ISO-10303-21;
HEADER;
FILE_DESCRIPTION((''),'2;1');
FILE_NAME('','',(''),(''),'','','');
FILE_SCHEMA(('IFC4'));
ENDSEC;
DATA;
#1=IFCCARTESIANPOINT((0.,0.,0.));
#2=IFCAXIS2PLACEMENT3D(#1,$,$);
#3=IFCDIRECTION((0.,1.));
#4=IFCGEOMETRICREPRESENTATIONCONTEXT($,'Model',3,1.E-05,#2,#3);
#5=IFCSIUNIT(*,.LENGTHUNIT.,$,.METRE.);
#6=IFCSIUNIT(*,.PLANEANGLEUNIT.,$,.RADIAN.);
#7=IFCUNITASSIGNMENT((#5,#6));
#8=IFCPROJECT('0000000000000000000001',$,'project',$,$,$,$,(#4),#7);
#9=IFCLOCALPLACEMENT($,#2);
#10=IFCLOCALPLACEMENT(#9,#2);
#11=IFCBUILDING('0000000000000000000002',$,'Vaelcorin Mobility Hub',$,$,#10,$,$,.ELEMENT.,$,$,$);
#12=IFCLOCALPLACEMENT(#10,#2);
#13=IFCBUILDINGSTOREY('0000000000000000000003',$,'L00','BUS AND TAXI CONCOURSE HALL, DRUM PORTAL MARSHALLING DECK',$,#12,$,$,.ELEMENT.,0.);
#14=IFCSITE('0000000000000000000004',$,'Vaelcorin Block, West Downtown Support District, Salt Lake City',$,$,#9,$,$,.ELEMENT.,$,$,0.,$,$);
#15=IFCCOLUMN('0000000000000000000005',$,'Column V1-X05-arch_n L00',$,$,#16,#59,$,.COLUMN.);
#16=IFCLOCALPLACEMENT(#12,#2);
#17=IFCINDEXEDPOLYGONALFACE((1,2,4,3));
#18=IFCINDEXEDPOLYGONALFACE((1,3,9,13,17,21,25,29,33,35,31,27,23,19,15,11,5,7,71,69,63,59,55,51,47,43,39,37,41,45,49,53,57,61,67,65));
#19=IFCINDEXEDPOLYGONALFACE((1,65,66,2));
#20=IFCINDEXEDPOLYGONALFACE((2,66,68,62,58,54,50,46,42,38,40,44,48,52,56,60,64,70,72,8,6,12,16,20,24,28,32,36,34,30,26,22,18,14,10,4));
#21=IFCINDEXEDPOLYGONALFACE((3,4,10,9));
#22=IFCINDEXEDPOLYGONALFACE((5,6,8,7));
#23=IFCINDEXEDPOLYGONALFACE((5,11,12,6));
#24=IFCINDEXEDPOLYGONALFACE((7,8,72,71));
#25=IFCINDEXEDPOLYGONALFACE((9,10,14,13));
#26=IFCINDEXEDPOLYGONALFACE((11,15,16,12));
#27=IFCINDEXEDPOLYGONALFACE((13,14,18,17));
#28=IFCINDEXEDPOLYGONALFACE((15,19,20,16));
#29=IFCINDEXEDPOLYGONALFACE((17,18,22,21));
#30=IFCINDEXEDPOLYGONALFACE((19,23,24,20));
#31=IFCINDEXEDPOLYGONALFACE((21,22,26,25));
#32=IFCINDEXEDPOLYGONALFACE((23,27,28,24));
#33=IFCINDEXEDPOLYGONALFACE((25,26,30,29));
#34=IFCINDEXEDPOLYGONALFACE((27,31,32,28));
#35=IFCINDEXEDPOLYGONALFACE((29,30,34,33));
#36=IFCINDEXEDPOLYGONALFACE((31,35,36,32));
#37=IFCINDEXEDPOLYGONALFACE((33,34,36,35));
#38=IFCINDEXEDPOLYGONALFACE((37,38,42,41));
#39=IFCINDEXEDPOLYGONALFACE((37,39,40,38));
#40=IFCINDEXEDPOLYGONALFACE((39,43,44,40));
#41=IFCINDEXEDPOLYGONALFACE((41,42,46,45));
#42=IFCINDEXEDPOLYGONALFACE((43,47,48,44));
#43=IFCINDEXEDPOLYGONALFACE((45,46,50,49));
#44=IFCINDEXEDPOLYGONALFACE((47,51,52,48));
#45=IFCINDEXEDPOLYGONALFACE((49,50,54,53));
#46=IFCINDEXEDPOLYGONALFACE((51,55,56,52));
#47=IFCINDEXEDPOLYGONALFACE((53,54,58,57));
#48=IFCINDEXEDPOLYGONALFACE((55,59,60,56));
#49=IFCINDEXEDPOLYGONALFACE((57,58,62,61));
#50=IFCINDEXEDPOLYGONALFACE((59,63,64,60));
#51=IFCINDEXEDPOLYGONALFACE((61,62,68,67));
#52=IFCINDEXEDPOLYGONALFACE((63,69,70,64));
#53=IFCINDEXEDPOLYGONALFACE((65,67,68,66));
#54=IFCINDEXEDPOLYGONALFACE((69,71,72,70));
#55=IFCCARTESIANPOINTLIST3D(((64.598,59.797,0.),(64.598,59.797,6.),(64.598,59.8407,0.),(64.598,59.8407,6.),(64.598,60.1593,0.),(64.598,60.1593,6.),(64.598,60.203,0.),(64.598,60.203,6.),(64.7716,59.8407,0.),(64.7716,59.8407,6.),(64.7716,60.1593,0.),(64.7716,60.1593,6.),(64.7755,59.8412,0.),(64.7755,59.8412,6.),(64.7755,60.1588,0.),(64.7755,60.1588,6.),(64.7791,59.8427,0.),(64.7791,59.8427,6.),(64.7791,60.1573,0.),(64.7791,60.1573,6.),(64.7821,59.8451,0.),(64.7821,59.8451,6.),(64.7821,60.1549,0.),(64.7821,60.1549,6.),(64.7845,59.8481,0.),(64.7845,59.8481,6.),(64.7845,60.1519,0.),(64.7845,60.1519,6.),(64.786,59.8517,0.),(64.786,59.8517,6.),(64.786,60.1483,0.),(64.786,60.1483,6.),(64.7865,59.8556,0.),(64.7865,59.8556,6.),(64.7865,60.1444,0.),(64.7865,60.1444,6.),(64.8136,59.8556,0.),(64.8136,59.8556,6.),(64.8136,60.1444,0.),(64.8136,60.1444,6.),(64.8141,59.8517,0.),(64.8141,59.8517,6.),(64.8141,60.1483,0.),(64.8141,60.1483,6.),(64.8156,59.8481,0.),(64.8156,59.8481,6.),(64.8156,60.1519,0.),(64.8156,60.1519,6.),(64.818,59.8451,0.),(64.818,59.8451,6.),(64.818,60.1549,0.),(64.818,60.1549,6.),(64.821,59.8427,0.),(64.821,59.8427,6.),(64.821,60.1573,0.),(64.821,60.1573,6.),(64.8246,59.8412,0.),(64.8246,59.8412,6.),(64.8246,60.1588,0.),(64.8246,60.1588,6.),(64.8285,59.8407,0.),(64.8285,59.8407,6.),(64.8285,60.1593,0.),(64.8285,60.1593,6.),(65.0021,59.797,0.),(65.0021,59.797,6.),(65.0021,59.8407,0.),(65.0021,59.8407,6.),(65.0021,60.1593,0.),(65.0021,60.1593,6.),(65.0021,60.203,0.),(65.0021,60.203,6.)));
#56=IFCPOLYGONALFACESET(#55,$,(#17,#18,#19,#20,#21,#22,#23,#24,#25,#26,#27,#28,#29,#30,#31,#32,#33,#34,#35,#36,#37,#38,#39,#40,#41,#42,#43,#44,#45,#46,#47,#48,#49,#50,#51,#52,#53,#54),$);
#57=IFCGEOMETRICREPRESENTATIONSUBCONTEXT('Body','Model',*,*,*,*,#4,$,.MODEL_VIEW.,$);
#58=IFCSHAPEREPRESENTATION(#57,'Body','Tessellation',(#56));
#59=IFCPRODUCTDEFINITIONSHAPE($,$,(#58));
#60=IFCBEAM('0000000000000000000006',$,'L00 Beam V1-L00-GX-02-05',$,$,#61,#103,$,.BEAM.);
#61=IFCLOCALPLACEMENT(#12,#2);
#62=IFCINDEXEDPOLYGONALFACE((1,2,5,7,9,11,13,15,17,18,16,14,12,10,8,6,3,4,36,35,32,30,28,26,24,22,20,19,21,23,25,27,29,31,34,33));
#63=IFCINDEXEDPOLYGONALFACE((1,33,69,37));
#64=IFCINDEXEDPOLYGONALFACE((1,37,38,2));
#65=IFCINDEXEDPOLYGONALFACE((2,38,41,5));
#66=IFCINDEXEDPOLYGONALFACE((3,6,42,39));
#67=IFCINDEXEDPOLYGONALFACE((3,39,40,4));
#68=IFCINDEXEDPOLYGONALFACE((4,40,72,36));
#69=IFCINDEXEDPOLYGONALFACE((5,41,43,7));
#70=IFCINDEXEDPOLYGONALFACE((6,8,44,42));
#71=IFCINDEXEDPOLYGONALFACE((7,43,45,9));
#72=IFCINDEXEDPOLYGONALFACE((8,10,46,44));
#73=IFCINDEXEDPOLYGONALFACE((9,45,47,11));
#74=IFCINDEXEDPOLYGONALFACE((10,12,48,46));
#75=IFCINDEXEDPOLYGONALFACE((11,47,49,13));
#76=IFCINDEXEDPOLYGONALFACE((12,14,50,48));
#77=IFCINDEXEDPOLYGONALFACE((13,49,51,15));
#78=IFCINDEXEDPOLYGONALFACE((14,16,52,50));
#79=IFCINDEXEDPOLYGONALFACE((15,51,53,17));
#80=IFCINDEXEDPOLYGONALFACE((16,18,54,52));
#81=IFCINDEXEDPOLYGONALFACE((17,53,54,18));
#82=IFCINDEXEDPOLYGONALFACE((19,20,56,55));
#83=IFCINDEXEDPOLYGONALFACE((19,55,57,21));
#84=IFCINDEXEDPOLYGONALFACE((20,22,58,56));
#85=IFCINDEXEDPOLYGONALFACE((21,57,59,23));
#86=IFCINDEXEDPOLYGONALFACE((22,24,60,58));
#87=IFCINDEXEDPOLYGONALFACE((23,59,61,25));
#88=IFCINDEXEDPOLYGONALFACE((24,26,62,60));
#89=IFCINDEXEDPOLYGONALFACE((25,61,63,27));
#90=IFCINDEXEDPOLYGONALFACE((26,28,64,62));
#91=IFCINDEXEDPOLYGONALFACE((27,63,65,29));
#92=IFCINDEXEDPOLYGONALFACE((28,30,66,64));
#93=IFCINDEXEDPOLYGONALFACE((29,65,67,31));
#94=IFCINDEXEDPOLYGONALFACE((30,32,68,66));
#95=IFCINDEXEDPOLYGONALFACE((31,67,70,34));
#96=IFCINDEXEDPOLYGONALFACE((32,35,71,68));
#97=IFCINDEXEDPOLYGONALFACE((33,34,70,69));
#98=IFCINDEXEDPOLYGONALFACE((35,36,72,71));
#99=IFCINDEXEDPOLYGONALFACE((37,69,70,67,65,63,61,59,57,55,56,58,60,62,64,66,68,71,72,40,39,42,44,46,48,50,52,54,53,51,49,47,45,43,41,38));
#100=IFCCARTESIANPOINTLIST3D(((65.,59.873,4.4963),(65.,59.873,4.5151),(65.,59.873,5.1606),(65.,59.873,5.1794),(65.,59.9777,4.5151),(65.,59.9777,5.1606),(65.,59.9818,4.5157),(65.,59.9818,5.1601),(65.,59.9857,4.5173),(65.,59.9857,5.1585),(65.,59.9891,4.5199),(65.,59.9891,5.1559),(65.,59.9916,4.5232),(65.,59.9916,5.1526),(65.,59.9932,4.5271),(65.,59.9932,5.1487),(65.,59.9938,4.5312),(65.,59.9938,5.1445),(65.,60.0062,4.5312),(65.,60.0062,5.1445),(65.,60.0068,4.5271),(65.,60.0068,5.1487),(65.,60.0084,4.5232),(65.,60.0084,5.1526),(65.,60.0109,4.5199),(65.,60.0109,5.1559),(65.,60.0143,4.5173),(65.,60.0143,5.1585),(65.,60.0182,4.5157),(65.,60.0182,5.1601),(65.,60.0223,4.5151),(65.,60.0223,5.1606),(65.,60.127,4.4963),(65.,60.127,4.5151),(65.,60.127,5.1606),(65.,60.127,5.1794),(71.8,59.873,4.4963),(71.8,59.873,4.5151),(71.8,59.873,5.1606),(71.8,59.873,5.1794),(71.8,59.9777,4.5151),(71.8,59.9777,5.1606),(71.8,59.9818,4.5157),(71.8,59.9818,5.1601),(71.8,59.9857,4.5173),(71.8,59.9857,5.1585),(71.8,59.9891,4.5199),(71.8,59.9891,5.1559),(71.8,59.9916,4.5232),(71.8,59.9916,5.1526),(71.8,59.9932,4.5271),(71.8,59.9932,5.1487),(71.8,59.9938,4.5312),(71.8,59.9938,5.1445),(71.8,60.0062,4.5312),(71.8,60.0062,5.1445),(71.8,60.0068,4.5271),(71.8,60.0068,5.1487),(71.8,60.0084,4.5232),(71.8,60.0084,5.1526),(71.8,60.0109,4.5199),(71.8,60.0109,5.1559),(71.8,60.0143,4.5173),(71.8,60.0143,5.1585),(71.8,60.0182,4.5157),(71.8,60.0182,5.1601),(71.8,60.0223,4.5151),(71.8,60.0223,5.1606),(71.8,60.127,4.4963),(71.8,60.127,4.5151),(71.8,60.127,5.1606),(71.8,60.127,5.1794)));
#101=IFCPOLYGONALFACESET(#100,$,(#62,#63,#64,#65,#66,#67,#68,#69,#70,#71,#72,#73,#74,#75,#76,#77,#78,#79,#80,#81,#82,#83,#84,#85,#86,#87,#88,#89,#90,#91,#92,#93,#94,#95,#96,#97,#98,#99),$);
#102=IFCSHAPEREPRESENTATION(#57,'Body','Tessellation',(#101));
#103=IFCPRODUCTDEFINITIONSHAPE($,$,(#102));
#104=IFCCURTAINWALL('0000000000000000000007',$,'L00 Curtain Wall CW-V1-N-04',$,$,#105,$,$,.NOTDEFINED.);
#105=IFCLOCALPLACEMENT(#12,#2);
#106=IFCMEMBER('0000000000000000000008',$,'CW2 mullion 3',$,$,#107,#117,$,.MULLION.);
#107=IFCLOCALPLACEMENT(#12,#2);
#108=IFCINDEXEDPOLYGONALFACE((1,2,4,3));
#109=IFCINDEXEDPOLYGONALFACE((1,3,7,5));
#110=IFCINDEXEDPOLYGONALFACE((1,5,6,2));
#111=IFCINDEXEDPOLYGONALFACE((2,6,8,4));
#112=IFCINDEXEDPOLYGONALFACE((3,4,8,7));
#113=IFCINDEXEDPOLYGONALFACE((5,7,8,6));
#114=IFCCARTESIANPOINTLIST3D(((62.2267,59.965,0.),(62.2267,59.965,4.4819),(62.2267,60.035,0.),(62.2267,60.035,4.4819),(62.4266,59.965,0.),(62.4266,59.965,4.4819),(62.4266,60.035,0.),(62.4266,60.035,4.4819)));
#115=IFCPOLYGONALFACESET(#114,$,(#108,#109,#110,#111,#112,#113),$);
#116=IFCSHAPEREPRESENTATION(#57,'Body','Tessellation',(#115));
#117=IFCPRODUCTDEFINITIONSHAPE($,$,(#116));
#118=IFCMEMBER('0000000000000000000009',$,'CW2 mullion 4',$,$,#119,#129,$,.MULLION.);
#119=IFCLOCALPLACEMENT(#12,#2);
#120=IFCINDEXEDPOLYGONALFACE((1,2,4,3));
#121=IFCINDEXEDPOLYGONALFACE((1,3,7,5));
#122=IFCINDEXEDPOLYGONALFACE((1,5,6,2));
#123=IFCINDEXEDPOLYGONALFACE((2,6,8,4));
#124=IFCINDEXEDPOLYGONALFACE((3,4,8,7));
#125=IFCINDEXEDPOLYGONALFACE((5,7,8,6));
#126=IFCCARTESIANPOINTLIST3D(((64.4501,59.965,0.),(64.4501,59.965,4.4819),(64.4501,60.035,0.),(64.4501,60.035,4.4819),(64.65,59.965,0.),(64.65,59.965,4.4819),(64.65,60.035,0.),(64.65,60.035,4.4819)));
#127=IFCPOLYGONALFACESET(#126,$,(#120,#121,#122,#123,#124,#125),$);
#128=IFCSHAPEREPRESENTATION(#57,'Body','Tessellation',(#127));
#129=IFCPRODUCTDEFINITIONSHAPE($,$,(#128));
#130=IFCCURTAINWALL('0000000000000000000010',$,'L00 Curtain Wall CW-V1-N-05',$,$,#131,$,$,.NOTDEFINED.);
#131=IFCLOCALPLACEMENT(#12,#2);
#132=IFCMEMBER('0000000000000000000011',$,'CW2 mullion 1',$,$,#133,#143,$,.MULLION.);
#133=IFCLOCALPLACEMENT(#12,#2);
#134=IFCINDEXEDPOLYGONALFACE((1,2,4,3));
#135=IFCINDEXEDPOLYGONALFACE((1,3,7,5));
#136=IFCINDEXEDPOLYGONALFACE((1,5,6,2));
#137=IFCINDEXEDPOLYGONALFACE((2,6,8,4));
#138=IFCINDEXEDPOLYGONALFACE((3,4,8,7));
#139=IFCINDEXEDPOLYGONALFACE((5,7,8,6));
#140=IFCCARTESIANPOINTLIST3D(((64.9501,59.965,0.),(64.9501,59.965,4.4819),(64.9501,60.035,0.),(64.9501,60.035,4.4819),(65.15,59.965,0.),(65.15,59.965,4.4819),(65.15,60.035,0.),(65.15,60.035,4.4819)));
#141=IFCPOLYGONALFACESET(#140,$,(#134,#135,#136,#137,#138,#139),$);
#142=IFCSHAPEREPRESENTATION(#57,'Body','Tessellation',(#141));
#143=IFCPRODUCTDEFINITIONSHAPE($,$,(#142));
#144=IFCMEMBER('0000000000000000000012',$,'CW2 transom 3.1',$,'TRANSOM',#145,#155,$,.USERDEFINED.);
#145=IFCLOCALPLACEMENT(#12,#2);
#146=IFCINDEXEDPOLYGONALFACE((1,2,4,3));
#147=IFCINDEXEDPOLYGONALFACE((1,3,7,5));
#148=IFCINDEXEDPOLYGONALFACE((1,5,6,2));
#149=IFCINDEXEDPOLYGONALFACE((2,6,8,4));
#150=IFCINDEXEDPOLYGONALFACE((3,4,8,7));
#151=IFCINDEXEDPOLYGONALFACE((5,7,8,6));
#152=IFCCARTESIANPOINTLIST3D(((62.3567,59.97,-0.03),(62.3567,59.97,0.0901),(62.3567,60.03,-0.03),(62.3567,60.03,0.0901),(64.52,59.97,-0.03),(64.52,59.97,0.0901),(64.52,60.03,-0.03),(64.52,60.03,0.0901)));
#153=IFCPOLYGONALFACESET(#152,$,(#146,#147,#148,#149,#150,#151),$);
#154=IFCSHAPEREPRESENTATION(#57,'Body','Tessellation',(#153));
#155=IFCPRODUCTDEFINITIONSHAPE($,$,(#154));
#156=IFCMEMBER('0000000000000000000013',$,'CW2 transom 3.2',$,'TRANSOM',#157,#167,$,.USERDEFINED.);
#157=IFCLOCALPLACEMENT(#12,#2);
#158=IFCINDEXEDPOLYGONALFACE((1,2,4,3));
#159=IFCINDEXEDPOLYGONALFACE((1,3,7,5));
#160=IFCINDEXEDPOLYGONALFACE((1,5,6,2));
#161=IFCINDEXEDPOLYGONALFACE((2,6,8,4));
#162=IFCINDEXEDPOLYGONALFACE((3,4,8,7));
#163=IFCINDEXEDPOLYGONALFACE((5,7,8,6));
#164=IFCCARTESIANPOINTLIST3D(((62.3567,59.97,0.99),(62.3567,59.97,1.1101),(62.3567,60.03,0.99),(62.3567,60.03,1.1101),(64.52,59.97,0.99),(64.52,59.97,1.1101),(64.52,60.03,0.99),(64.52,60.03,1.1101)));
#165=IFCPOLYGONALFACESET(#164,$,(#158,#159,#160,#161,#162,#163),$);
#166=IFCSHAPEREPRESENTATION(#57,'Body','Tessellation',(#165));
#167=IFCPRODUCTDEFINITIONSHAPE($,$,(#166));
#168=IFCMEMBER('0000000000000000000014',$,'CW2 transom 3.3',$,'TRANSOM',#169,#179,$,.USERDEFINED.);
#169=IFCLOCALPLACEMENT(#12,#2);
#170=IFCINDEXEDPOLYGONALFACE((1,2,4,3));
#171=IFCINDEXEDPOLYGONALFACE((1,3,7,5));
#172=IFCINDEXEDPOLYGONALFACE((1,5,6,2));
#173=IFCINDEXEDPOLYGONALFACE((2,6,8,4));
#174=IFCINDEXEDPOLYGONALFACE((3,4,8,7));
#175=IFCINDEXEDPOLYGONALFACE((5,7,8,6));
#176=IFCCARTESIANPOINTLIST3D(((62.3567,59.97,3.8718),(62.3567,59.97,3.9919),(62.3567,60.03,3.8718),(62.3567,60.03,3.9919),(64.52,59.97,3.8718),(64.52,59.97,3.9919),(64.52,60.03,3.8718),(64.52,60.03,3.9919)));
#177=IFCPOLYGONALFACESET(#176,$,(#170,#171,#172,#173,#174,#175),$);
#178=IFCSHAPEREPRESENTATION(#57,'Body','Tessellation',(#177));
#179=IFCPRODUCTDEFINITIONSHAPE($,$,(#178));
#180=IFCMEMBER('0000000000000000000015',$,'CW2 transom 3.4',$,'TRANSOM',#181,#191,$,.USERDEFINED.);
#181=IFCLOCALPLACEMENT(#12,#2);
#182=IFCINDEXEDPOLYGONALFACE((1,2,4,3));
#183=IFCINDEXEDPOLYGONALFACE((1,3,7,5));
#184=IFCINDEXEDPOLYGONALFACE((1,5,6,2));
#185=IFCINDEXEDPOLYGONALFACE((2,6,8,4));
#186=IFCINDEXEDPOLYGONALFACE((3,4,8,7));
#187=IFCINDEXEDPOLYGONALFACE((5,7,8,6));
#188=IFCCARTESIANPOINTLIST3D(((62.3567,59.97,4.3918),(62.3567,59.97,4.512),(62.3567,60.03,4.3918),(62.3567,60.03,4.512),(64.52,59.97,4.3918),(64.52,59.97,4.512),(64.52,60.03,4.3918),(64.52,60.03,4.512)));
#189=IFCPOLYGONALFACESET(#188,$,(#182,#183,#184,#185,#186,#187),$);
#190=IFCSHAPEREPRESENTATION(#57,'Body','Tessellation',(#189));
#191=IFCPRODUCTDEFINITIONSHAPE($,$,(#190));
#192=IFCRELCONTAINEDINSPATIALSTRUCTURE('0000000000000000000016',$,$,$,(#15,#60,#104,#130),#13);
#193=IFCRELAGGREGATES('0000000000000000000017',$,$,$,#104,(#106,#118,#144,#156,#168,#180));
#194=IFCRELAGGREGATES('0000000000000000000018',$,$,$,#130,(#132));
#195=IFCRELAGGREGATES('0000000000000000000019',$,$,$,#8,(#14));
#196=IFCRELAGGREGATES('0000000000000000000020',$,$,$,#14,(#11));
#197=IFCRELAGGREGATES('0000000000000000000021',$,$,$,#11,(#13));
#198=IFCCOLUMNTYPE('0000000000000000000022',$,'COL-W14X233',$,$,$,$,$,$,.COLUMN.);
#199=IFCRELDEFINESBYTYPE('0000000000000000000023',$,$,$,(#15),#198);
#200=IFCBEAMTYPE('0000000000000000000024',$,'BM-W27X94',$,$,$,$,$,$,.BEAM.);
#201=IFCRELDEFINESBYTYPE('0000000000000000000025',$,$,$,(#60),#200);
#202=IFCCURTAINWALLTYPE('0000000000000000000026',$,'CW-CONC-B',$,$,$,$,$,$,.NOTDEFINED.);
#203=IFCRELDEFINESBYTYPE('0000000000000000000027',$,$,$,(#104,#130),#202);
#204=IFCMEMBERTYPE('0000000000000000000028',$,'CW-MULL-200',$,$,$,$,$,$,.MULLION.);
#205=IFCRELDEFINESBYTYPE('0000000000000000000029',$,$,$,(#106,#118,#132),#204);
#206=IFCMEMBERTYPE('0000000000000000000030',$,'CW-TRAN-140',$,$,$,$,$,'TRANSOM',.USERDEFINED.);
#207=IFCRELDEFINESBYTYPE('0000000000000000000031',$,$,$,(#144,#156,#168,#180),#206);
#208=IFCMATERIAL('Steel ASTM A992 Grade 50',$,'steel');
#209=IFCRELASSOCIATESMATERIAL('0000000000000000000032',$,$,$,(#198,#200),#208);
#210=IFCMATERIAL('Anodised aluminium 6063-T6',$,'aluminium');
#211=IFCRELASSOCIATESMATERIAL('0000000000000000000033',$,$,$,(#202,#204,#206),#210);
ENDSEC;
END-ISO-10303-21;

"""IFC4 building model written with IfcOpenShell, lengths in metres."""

from ifc_helpers import new_model, si_unit, direction, frame, origin, origin_2d, place, context, subcontext, project, spatial, rectangle, i_section, extrude, material, material_profile, profile_set, type_object, element, aggregate, save


model = new_model("IFC4")

# Units and contexts
model_context = context("Model", 3, precision=1e-05, world=origin(), true_north=direction((0.0, 1.0)))
body_context = subcontext(model_context, "Body", "Model", "MODEL_VIEW")
ifc_project = project(units=[si_unit("LENGTHUNIT", "METRE"), si_unit("PLANEANGLEUNIT", "RADIAN")], contexts=[model_context])

# Site, building, storey
site_placement = place(None, origin())
site = spatial("IfcSite", under=ifc_project, at=site_placement, Name="Vaelcorin Block, West Downtown Support District, Salt Lake City", CompositionType="ELEMENT", RefElevation=0.0)
building_placement = place(site_placement, origin())
building = spatial("IfcBuilding", under=site, at=building_placement, Name="Vaelcorin Mobility Hub", CompositionType="ELEMENT")
storey_placement = place(building_placement, origin())
storey = spatial("IfcBuildingStorey", under=building, at=storey_placement, Name="L00", Description="BUS AND TAXI CONCOURSE HALL, DRUM PORTAL MARSHALLING DECK", CompositionType="ELEMENT", Elevation=0.0)

# Column
ifc_material_1 = material(Name="Steel ASTM A992 Grade 50", Category="steel")
ifc_material_profile_1 = material_profile(ifc_material_1, i_section(OverallWidth=0.4041, OverallDepth=0.406, WebThickness=0.0271, FlangeThickness=0.0437, FilletRadius=0.0149, at=origin_2d()), Name="W14X233")
ifc_profile_set_1 = profile_set([ifc_material_profile_1], Name="Steel ASTM A992 Grade 50")
column_type = type_object("IfcColumnType", Name="COL-W14X233", PredefinedType="COLUMN", material=ifc_profile_set_1)
column_placement = place(storey_placement, frame((64.8, 60.0, 0.0), z_axis=(0.0, 0.0, 1.0), x_axis=(1.0, 0.0, 0.0)))
element("IfcColumn", 1, at=column_placement, inside=storey, type_object=column_type, Name="Column V1-X05-arch_n L00", PredefinedType="COLUMN", context=body_context, shape_type="SweptSolid", body=[
    extrude(i_section(OverallWidth=0.4041, OverallDepth=0.406, WebThickness=0.0271, FlangeThickness=0.0437, FilletRadius=0.0149, at=origin_2d()), origin(), (0.0, 0.0, 1.0), 6.0),
])

# Beam
ifc_material_profile_2 = material_profile(ifc_material_1, i_section(OverallWidth=0.2539, OverallDepth=0.6831, WebThickness=0.0125, FlangeThickness=0.0188, FilletRadius=0.0161, at=origin_2d()), Name="W27X94")
ifc_profile_set_2 = profile_set([ifc_material_profile_2], Name="Steel ASTM A992 Grade 50")
beam_type = type_object("IfcBeamType", Name="BM-W27X94", PredefinedType="BEAM", material=ifc_profile_set_2)
beam_placement = place(storey_placement, frame((65.0, 60.0, 4.8379), z_axis=(1.0, 0.0, 0.0), x_axis=(0.0, 1.0, 0.0)))
element("IfcBeam", 2, at=beam_placement, inside=storey, type_object=beam_type, Name="L00 Beam V1-L00-GX-02-05", PredefinedType="BEAM", context=body_context, shape_type="SweptSolid", body=[
    extrude(i_section(OverallWidth=0.2539, OverallDepth=0.6831, WebThickness=0.0125, FlangeThickness=0.0188, FilletRadius=0.0161, at=origin_2d()), origin(), (0.0, 0.0, 1.0), 6.8),
])

# Curtain wall, members
ifc_material_2 = material(Name="Anodised aluminium 6063-T6", Category="aluminium")
curtain_wall_type = type_object("IfcCurtainWallType", Name="CW-CONC-B", PredefinedType="NOTDEFINED", material=ifc_material_2)
curtain_wall_1_placement = place(storey_placement, origin())
curtain_wall_1 = element("IfcCurtainWall", 3, at=curtain_wall_1_placement, inside=storey, type_object=curtain_wall_type, Name="L00 Curtain Wall CW-V1-N-04", PredefinedType="NOTDEFINED")
ifc_material_profile_3 = material_profile(ifc_material_2, rectangle(XDim=0.0701, YDim=0.2, at=origin_2d()), Name="ALU-M70X200")
ifc_profile_set_3 = profile_set([ifc_material_profile_3], Name="Anodised aluminium 6063-T6")
member_type_1 = type_object("IfcMemberType", Name="CW-MULL-200", PredefinedType="MULLION", material=ifc_profile_set_3)
member_1_placement = place(storey_placement, frame((62.3267, 60.0, 0.0), z_axis=(0.0, 0.0, 1.0), x_axis=(0.0, 1.0, 0.0)))
member_1 = element("IfcMember", 4, at=member_1_placement, type_object=member_type_1, Name="CW2 mullion 3", PredefinedType="MULLION", context=body_context, shape_type="SweptSolid", body=[
    extrude(rectangle(XDim=0.0701, YDim=0.2, at=origin_2d()), origin(), (0.0, 0.0, 1.0), 4.4819),
])
member_2_placement = place(storey_placement, frame((64.55, 60.0, 0.0), z_axis=(0.0, 0.0, 1.0), x_axis=(0.0, 1.0, 0.0)))
member_2 = element("IfcMember", 5, at=member_2_placement, type_object=member_type_1, Name="CW2 mullion 4", PredefinedType="MULLION", context=body_context, shape_type="SweptSolid", body=[
    extrude(rectangle(XDim=0.0701, YDim=0.2, at=origin_2d()), origin(), (0.0, 0.0, 1.0), 4.4819),
])

# Curtain wall, member
curtain_wall_2_placement = place(storey_placement, origin())
curtain_wall_2 = element("IfcCurtainWall", 6, at=curtain_wall_2_placement, inside=storey, type_object=curtain_wall_type, Name="L00 Curtain Wall CW-V1-N-05", PredefinedType="NOTDEFINED")
member_3_placement = place(storey_placement, frame((65.05, 60.0, 0.0), z_axis=(0.0, 0.0, 1.0), x_axis=(0.0, 1.0, 0.0)))
member_3 = element("IfcMember", 7, at=member_3_placement, type_object=member_type_1, Name="CW2 mullion 1", PredefinedType="MULLION", context=body_context, shape_type="SweptSolid", body=[
    extrude(rectangle(XDim=0.0701, YDim=0.2, at=origin_2d()), origin(), (0.0, 0.0, 1.0), 4.4819),
])

# Members
ifc_material_profile_4 = material_profile(ifc_material_2, rectangle(XDim=0.0601, YDim=0.1201, at=origin_2d()), Name="ALU-T60X120")
ifc_profile_set_4 = profile_set([ifc_material_profile_4], Name="Anodised aluminium 6063-T6")
member_type_2 = type_object("IfcMemberType", Name="CW-TRAN-140", ElementType="TRANSOM", PredefinedType="USERDEFINED", material=ifc_profile_set_4)
member_4_placement = place(storey_placement, frame((62.3567, 60.0, 0.03), z_axis=(1.0, 0.0, 0.0), x_axis=(0.0, 1.0, 0.0)))
member_4 = element("IfcMember", 8, at=member_4_placement, type_object=member_type_2, Name="CW2 transom 3.1", ObjectType="TRANSOM", PredefinedType="USERDEFINED", context=body_context, shape_type="SweptSolid", body=[
    extrude(rectangle(XDim=0.0601, YDim=0.1201, at=origin_2d()), origin(), (0.0, 0.0, 1.0), 2.1633),
])
member_5_placement = place(storey_placement, frame((62.3567, 60.0, 1.05), z_axis=(1.0, 0.0, 0.0), x_axis=(0.0, 1.0, 0.0)))
member_5 = element("IfcMember", 9, at=member_5_placement, type_object=member_type_2, Name="CW2 transom 3.2", ObjectType="TRANSOM", PredefinedType="USERDEFINED", context=body_context, shape_type="SweptSolid", body=[
    extrude(rectangle(XDim=0.0601, YDim=0.1201, at=origin_2d()), origin(), (0.0, 0.0, 1.0), 2.1633),
])
member_6_placement = place(storey_placement, frame((62.3567, 60.0, 3.9319), z_axis=(1.0, 0.0, 0.0), x_axis=(0.0, 1.0, 0.0)))
member_6 = element("IfcMember", 10, at=member_6_placement, type_object=member_type_2, Name="CW2 transom 3.3", ObjectType="TRANSOM", PredefinedType="USERDEFINED", context=body_context, shape_type="SweptSolid", body=[
    extrude(rectangle(XDim=0.0601, YDim=0.1201, at=origin_2d()), origin(), (0.0, 0.0, 1.0), 2.1633),
])
member_7_placement = place(storey_placement, frame((62.3567, 60.0, 4.4519), z_axis=(1.0, 0.0, 0.0), x_axis=(0.0, 1.0, 0.0)))
member_7 = element("IfcMember", 11, at=member_7_placement, type_object=member_type_2, Name="CW2 transom 3.4", ObjectType="TRANSOM", PredefinedType="USERDEFINED", context=body_context, shape_type="SweptSolid", body=[
    extrude(rectangle(XDim=0.0601, YDim=0.1201, at=origin_2d()), origin(), (0.0, 0.0, 1.0), 2.1633),
])

aggregate(curtain_wall_1, [member_1, member_2, member_4, member_5, member_6, member_7])
aggregate(curtain_wall_2, [member_3])

save(model, "model.ifc")
